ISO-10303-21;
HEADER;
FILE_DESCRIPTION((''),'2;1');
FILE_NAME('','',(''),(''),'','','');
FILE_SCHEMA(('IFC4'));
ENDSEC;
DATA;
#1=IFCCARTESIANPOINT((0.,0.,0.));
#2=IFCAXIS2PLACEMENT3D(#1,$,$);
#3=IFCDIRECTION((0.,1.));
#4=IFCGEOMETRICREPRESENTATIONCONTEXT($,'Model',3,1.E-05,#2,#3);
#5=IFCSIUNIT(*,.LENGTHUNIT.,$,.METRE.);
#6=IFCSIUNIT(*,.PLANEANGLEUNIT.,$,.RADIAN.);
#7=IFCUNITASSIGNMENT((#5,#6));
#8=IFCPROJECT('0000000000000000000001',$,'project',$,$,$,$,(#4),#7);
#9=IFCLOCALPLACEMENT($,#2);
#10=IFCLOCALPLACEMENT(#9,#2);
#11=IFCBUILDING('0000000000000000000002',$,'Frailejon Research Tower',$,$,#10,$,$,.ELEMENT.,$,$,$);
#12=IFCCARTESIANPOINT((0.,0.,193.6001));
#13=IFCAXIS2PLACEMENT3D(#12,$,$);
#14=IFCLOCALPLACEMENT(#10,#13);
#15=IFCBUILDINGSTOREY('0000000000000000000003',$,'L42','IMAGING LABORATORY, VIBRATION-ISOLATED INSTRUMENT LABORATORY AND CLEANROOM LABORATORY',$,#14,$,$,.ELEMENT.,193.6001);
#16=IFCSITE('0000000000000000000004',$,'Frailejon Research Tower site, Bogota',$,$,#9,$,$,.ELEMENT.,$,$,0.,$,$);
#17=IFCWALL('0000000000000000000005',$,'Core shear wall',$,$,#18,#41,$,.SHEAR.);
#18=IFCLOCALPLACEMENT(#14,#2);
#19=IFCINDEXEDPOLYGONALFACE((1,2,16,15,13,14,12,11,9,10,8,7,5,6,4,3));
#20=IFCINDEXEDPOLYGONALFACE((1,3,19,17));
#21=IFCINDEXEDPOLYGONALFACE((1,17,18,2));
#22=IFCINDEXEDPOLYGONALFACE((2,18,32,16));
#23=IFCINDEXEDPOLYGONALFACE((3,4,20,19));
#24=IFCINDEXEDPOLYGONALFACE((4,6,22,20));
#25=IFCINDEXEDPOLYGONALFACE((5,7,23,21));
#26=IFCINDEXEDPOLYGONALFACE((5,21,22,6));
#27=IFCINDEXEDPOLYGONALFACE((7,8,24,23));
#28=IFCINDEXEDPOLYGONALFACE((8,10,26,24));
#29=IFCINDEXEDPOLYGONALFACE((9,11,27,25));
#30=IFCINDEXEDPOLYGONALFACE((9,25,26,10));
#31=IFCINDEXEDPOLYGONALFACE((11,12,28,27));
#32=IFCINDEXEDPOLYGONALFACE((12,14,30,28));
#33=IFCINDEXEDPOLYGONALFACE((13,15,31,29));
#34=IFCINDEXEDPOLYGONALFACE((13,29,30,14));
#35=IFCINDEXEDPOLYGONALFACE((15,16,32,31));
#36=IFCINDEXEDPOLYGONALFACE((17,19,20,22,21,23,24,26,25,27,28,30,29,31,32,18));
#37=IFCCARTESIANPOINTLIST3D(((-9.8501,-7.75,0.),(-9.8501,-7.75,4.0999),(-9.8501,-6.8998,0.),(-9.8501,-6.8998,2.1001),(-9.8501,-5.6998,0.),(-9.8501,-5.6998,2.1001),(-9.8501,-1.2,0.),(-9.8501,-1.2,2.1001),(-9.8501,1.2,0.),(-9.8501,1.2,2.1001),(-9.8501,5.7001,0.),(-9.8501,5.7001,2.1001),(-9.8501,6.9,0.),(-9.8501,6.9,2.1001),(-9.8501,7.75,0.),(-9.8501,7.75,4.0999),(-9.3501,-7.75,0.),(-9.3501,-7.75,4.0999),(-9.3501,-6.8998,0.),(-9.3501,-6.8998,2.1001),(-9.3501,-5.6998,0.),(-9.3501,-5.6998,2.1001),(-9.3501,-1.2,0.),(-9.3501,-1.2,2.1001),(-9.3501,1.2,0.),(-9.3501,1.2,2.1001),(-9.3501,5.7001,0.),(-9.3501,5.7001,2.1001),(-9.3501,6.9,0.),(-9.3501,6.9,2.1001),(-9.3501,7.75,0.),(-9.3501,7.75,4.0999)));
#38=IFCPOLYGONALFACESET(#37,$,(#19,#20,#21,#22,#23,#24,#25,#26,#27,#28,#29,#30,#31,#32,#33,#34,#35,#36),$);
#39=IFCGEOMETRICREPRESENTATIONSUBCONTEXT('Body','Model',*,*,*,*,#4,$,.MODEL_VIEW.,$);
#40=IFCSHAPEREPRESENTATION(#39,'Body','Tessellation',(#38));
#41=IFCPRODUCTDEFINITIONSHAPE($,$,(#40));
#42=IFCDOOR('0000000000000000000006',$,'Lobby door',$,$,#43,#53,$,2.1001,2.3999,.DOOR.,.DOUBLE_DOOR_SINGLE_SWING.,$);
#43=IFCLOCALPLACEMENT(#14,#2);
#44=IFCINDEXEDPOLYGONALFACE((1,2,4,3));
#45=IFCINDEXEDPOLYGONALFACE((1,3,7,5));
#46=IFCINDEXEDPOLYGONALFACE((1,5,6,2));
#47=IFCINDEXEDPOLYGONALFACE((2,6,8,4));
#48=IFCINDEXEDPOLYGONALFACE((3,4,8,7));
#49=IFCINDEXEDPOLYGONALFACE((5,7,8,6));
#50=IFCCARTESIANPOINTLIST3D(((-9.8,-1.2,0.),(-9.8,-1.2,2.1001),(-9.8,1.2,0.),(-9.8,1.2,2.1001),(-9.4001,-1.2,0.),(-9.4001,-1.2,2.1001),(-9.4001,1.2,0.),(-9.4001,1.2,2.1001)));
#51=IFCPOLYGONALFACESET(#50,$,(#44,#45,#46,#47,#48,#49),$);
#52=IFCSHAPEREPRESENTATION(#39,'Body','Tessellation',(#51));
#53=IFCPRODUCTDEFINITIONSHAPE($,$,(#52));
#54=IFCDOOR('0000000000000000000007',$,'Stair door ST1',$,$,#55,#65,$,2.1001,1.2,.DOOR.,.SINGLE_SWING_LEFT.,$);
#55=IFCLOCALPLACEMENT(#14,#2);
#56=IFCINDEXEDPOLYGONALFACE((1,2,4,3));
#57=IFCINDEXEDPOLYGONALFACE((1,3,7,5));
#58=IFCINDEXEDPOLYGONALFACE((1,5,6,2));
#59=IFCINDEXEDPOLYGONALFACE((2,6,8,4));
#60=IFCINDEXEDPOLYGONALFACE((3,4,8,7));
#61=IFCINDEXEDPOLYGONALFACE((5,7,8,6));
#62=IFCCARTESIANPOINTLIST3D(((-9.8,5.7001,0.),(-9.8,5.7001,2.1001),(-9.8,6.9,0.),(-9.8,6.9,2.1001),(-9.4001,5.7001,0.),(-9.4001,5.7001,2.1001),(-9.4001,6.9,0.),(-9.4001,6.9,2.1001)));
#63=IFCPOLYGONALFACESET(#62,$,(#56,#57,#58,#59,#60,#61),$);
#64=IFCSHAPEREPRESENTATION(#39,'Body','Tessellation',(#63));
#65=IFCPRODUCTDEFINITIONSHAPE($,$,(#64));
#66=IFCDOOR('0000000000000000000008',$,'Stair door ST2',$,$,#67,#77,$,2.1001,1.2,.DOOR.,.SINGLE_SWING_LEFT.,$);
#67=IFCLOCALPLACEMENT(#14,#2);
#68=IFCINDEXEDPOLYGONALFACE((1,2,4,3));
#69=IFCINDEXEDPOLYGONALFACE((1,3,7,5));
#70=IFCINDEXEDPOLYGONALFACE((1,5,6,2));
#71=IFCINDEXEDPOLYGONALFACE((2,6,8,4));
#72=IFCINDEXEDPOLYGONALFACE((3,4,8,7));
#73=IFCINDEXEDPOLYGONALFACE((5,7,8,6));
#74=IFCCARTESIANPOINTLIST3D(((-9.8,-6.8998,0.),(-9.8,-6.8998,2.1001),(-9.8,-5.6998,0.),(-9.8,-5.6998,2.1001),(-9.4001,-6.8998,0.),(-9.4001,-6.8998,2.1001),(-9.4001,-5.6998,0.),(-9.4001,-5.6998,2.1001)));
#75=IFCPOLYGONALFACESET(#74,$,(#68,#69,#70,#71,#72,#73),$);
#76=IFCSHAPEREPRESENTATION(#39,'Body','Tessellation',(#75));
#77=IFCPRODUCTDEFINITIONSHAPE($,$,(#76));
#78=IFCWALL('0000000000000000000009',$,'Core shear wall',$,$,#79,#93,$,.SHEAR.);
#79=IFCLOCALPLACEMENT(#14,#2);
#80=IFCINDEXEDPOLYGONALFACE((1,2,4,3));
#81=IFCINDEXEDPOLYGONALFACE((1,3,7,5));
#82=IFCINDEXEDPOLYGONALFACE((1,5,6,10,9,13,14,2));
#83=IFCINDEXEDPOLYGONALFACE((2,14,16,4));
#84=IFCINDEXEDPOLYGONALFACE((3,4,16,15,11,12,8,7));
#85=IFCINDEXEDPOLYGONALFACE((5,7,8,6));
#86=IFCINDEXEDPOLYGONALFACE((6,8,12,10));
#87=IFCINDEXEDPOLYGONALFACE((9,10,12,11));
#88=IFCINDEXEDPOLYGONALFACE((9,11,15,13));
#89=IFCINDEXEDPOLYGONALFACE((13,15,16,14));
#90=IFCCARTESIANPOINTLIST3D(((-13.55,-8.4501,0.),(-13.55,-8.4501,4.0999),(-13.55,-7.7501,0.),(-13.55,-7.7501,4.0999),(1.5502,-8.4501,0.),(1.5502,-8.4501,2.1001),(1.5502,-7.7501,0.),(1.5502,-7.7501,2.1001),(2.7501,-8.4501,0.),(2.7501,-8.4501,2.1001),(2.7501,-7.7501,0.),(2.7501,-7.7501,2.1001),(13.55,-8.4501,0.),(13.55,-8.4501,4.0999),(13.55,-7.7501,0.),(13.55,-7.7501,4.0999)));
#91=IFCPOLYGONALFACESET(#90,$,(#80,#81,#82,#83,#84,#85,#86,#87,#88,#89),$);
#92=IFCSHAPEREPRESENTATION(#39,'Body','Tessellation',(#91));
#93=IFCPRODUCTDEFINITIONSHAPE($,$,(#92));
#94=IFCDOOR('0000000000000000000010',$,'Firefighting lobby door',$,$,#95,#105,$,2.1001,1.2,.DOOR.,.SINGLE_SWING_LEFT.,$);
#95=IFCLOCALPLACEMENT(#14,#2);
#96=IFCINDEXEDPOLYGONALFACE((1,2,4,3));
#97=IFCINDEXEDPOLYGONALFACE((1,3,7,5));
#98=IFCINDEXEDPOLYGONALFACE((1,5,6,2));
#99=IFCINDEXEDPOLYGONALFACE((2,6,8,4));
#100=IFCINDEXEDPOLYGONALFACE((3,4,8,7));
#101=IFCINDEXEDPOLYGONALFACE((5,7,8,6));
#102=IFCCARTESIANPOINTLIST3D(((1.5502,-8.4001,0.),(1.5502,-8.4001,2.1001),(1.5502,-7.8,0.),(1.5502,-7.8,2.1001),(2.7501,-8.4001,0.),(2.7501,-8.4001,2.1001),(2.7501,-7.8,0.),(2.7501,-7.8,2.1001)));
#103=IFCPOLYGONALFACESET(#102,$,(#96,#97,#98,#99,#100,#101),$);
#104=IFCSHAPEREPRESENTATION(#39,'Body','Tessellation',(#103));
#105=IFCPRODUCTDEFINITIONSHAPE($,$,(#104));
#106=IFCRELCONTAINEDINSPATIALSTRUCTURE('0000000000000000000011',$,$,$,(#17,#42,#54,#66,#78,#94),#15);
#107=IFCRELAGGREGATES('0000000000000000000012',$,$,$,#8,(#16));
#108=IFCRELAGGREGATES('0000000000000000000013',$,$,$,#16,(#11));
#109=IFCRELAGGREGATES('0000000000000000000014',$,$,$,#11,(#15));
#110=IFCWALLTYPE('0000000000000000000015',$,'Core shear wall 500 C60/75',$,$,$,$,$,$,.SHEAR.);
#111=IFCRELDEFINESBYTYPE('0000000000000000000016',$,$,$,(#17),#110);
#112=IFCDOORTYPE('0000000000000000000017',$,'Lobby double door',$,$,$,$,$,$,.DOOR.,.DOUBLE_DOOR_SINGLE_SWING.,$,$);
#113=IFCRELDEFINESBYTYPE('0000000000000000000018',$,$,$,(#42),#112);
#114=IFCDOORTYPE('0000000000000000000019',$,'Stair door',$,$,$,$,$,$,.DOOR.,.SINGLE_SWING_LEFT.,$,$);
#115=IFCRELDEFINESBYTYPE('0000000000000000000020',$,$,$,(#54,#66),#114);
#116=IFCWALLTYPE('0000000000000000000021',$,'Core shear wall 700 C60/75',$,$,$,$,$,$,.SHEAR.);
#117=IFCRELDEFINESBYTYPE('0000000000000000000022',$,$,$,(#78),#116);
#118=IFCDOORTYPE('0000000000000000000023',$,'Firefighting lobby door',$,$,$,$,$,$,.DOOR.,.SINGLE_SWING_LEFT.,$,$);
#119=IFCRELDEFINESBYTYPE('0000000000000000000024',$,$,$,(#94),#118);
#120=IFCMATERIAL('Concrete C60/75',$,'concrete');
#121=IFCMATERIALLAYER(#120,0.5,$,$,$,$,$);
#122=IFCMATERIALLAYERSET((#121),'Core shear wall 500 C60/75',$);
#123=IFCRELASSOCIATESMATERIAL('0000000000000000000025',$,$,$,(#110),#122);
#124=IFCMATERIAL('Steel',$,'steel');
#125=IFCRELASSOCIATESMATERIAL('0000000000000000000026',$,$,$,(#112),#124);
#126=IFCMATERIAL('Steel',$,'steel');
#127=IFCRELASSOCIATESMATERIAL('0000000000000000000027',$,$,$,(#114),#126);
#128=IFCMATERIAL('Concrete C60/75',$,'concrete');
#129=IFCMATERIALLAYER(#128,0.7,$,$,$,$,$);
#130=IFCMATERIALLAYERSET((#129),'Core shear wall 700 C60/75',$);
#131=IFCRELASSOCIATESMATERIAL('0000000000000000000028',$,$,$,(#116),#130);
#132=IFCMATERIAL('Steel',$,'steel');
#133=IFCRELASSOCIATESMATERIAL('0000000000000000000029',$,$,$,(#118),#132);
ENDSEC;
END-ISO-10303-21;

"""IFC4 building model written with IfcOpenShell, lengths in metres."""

from ifc_helpers import new_model, si_unit, direction, frame, frame_2d, origin, place, context, subcontext, project, spatial, rectangle, extrude, material, layer, layer_set, type_object, element, fill, save


model = new_model("IFC4")

# Units and contexts
model_context = context("Model", 3, precision=1e-05, world=origin(), true_north=direction((0.0, 1.0)))
body_context = subcontext(model_context, "Body", "Model", "MODEL_VIEW")
ifc_project = project(units=[si_unit("LENGTHUNIT", "METRE"), si_unit("PLANEANGLEUNIT", "RADIAN")], contexts=[model_context])

# Site, building, storey
site_placement = place(None, origin())
site = spatial("IfcSite", under=ifc_project, at=site_placement, Name="Frailejon Research Tower site, Bogota", CompositionType="ELEMENT", RefElevation=0.0)
building_placement = place(site_placement, origin())
building = spatial("IfcBuilding", under=site, at=building_placement, Name="Frailejon Research Tower", CompositionType="ELEMENT")
storey_placement = place(building_placement, frame((0.0, 0.0, 193.6001)))
storey = spatial("IfcBuildingStorey", under=building, at=storey_placement, Name="L42", Description="IMAGING LABORATORY, VIBRATION-ISOLATED INSTRUMENT LABORATORY AND CLEANROOM LABORATORY", CompositionType="ELEMENT", Elevation=193.6001)

# Wall, openings, doors
ifc_material_1 = material(Name="Concrete C60/75", Category="concrete")
ifc_layer_1 = layer(ifc_material_1, 0.5)
ifc_layer_set_1 = layer_set([ifc_layer_1], Name="Core shear wall 500 C60/75")
wall_type_1 = type_object("IfcWallType", Name="Core shear wall 500 C60/75", PredefinedType="SHEAR", material=ifc_layer_set_1)
wall_1_placement = place(storey_placement, frame((-9.6001, -7.75, 0.0), z_axis=(0.0, 0.0, 1.0), x_axis=(0.0, 1.0, 0.0)))
wall_1 = element("IfcWall", 1, at=wall_1_placement, inside=storey, type_object=wall_type_1, Name="Core shear wall", PredefinedType="SHEAR", context=body_context, shape_type="SweptSolid", body=[
    extrude(rectangle(XDim=15.5, YDim=0.5, at=frame_2d((7.75, 0.0))), origin(), (0.0, 0.0, 1.0), 4.0999),
])
opening_1_placement = place(wall_1_placement, frame((6.55, 0.0, 0.0)))
opening_1 = element("IfcOpeningElement", 2, at=opening_1_placement, cuts=wall_1, PredefinedType="OPENING", context=body_context, shape_type="SweptSolid", body=[
    extrude(rectangle(XDim=2.3999, YDim=2.1001, at=frame_2d((1.2, 1.05))), frame((0.0, 0.26, 0.0), z_axis=(0.0, -1.0, 0.0), x_axis=(1.0, 0.0, 0.0)), (0.0, 0.0, 1.0), 0.52),
])
opening_2_placement = place(wall_1_placement, frame((13.45, 0.0, 0.0)))
opening_2 = element("IfcOpeningElement", 3, at=opening_2_placement, cuts=wall_1, PredefinedType="OPENING", context=body_context, shape_type="SweptSolid", body=[
    extrude(rectangle(XDim=1.2, YDim=2.1001, at=frame_2d((0.6001, 1.05))), frame((0.0, 0.26, 0.0), z_axis=(0.0, -1.0, 0.0), x_axis=(1.0, 0.0, 0.0)), (0.0, 0.0, 1.0), 0.52),
])
opening_3_placement = place(wall_1_placement, frame((0.8501, 0.0, 0.0)))
opening_3 = element("IfcOpeningElement", 4, at=opening_3_placement, cuts=wall_1, PredefinedType="OPENING", context=body_context, shape_type="SweptSolid", body=[
    extrude(rectangle(XDim=1.2, YDim=2.1001, at=frame_2d((0.6001, 1.05))), frame((0.0, 0.26, 0.0), z_axis=(0.0, -1.0, 0.0), x_axis=(1.0, 0.0, 0.0)), (0.0, 0.0, 1.0), 0.52),
])
ifc_material_2 = material(Name="Steel", Category="steel")
door_type_1 = type_object("IfcDoorType", Name="Lobby double door", OperationType="DOUBLE_DOOR_SINGLE_SWING", PredefinedType="DOOR", material=ifc_material_2)
door_1_placement = place(opening_1_placement, origin())
door_1 = element("IfcDoor", 5, at=door_1_placement, inside=storey, type_object=door_type_1, Name="Lobby door", OperationType="DOUBLE_DOOR_SINGLE_SWING", OverallHeight=2.1001, OverallWidth=2.3999, PredefinedType="DOOR", context=body_context, shape_type="SweptSolid", body=[
    extrude(rectangle(XDim=2.3999, YDim=2.1001, at=frame_2d((1.2, 1.05))), frame((0.0, 0.2, 0.0), z_axis=(0.0, -1.0, 0.0), x_axis=(1.0, 0.0, 0.0)), (0.0, 0.0, 1.0), 0.3999),
])
fill(opening_1, door_1)
ifc_material_3 = material(Name="Steel", Category="steel")
door_type_2 = type_object("IfcDoorType", Name="Stair door", OperationType="SINGLE_SWING_LEFT", PredefinedType="DOOR", material=ifc_material_3)
door_2_placement = place(opening_2_placement, origin())
door_2 = element("IfcDoor", 6, at=door_2_placement, inside=storey, type_object=door_type_2, Name="Stair door ST1", OperationType="SINGLE_SWING_LEFT", OverallHeight=2.1001, OverallWidth=1.2, PredefinedType="DOOR", context=body_context, shape_type="SweptSolid", body=[
    extrude(rectangle(XDim=1.2, YDim=2.1001, at=frame_2d((0.6001, 1.05))), frame((0.0, 0.2, 0.0), z_axis=(0.0, -1.0, 0.0), x_axis=(1.0, 0.0, 0.0)), (0.0, 0.0, 1.0), 0.3999),
])
fill(opening_2, door_2)
door_3_placement = place(opening_3_placement, origin())
door_3 = element("IfcDoor", 7, at=door_3_placement, inside=storey, type_object=door_type_2, Name="Stair door ST2", OperationType="SINGLE_SWING_LEFT", OverallHeight=2.1001, OverallWidth=1.2, PredefinedType="DOOR", context=body_context, shape_type="SweptSolid", body=[
    extrude(rectangle(XDim=1.2, YDim=2.1001, at=frame_2d((0.6001, 1.05))), frame((0.0, 0.2, 0.0), z_axis=(0.0, -1.0, 0.0), x_axis=(1.0, 0.0, 0.0)), (0.0, 0.0, 1.0), 0.3999),
])
fill(opening_3, door_3)

# Wall, opening, door
ifc_material_4 = material(Name="Concrete C60/75", Category="concrete")
ifc_layer_2 = layer(ifc_material_4, 0.7)
ifc_layer_set_2 = layer_set([ifc_layer_2], Name="Core shear wall 700 C60/75")
wall_type_2 = type_object("IfcWallType", Name="Core shear wall 700 C60/75", PredefinedType="SHEAR", material=ifc_layer_set_2)
wall_2_placement = place(storey_placement, frame((-13.55, -8.1001, 0.0), z_axis=(0.0, 0.0, 1.0), x_axis=(1.0, 0.0, 0.0)))
wall_2 = element("IfcWall", 8, at=wall_2_placement, inside=storey, type_object=wall_type_2, Name="Core shear wall", PredefinedType="SHEAR", context=body_context, shape_type="SweptSolid", body=[
    extrude(rectangle(XDim=27.1001, YDim=0.7, at=frame_2d((13.55, 0.0))), origin(), (0.0, 0.0, 1.0), 4.0999),
])
opening_4_placement = place(wall_2_placement, frame((15.1001, 0.0, 0.0)))
opening_4 = element("IfcOpeningElement", 9, at=opening_4_placement, cuts=wall_2, PredefinedType="OPENING", context=body_context, shape_type="SweptSolid", body=[
    extrude(rectangle(XDim=1.2, YDim=2.1001, at=frame_2d((0.6001, 1.05))), frame((0.0, 0.3599, 0.0), z_axis=(0.0, -1.0, 0.0), x_axis=(1.0, 0.0, 0.0)), (0.0, 0.0, 1.0), 0.72),
])
ifc_material_5 = material(Name="Steel", Category="steel")
door_type_3 = type_object("IfcDoorType", Name="Firefighting lobby door", OperationType="SINGLE_SWING_LEFT", PredefinedType="DOOR", material=ifc_material_5)
door_4_placement = place(opening_4_placement, origin())
door_4 = element("IfcDoor", 10, at=door_4_placement, inside=storey, type_object=door_type_3, Name="Firefighting lobby door", OperationType="SINGLE_SWING_LEFT", OverallHeight=2.1001, OverallWidth=1.2, PredefinedType="DOOR", context=body_context, shape_type="SweptSolid", body=[
    extrude(rectangle(XDim=1.2, YDim=2.1001, at=frame_2d((0.6001, 1.05))), frame((0.0, 0.3, 0.0), z_axis=(0.0, -1.0, 0.0), x_axis=(1.0, 0.0, 0.0)), (0.0, 0.0, 1.0), 0.6001),
])
fill(opening_4, door_4)

save(model, "model.ifc")
